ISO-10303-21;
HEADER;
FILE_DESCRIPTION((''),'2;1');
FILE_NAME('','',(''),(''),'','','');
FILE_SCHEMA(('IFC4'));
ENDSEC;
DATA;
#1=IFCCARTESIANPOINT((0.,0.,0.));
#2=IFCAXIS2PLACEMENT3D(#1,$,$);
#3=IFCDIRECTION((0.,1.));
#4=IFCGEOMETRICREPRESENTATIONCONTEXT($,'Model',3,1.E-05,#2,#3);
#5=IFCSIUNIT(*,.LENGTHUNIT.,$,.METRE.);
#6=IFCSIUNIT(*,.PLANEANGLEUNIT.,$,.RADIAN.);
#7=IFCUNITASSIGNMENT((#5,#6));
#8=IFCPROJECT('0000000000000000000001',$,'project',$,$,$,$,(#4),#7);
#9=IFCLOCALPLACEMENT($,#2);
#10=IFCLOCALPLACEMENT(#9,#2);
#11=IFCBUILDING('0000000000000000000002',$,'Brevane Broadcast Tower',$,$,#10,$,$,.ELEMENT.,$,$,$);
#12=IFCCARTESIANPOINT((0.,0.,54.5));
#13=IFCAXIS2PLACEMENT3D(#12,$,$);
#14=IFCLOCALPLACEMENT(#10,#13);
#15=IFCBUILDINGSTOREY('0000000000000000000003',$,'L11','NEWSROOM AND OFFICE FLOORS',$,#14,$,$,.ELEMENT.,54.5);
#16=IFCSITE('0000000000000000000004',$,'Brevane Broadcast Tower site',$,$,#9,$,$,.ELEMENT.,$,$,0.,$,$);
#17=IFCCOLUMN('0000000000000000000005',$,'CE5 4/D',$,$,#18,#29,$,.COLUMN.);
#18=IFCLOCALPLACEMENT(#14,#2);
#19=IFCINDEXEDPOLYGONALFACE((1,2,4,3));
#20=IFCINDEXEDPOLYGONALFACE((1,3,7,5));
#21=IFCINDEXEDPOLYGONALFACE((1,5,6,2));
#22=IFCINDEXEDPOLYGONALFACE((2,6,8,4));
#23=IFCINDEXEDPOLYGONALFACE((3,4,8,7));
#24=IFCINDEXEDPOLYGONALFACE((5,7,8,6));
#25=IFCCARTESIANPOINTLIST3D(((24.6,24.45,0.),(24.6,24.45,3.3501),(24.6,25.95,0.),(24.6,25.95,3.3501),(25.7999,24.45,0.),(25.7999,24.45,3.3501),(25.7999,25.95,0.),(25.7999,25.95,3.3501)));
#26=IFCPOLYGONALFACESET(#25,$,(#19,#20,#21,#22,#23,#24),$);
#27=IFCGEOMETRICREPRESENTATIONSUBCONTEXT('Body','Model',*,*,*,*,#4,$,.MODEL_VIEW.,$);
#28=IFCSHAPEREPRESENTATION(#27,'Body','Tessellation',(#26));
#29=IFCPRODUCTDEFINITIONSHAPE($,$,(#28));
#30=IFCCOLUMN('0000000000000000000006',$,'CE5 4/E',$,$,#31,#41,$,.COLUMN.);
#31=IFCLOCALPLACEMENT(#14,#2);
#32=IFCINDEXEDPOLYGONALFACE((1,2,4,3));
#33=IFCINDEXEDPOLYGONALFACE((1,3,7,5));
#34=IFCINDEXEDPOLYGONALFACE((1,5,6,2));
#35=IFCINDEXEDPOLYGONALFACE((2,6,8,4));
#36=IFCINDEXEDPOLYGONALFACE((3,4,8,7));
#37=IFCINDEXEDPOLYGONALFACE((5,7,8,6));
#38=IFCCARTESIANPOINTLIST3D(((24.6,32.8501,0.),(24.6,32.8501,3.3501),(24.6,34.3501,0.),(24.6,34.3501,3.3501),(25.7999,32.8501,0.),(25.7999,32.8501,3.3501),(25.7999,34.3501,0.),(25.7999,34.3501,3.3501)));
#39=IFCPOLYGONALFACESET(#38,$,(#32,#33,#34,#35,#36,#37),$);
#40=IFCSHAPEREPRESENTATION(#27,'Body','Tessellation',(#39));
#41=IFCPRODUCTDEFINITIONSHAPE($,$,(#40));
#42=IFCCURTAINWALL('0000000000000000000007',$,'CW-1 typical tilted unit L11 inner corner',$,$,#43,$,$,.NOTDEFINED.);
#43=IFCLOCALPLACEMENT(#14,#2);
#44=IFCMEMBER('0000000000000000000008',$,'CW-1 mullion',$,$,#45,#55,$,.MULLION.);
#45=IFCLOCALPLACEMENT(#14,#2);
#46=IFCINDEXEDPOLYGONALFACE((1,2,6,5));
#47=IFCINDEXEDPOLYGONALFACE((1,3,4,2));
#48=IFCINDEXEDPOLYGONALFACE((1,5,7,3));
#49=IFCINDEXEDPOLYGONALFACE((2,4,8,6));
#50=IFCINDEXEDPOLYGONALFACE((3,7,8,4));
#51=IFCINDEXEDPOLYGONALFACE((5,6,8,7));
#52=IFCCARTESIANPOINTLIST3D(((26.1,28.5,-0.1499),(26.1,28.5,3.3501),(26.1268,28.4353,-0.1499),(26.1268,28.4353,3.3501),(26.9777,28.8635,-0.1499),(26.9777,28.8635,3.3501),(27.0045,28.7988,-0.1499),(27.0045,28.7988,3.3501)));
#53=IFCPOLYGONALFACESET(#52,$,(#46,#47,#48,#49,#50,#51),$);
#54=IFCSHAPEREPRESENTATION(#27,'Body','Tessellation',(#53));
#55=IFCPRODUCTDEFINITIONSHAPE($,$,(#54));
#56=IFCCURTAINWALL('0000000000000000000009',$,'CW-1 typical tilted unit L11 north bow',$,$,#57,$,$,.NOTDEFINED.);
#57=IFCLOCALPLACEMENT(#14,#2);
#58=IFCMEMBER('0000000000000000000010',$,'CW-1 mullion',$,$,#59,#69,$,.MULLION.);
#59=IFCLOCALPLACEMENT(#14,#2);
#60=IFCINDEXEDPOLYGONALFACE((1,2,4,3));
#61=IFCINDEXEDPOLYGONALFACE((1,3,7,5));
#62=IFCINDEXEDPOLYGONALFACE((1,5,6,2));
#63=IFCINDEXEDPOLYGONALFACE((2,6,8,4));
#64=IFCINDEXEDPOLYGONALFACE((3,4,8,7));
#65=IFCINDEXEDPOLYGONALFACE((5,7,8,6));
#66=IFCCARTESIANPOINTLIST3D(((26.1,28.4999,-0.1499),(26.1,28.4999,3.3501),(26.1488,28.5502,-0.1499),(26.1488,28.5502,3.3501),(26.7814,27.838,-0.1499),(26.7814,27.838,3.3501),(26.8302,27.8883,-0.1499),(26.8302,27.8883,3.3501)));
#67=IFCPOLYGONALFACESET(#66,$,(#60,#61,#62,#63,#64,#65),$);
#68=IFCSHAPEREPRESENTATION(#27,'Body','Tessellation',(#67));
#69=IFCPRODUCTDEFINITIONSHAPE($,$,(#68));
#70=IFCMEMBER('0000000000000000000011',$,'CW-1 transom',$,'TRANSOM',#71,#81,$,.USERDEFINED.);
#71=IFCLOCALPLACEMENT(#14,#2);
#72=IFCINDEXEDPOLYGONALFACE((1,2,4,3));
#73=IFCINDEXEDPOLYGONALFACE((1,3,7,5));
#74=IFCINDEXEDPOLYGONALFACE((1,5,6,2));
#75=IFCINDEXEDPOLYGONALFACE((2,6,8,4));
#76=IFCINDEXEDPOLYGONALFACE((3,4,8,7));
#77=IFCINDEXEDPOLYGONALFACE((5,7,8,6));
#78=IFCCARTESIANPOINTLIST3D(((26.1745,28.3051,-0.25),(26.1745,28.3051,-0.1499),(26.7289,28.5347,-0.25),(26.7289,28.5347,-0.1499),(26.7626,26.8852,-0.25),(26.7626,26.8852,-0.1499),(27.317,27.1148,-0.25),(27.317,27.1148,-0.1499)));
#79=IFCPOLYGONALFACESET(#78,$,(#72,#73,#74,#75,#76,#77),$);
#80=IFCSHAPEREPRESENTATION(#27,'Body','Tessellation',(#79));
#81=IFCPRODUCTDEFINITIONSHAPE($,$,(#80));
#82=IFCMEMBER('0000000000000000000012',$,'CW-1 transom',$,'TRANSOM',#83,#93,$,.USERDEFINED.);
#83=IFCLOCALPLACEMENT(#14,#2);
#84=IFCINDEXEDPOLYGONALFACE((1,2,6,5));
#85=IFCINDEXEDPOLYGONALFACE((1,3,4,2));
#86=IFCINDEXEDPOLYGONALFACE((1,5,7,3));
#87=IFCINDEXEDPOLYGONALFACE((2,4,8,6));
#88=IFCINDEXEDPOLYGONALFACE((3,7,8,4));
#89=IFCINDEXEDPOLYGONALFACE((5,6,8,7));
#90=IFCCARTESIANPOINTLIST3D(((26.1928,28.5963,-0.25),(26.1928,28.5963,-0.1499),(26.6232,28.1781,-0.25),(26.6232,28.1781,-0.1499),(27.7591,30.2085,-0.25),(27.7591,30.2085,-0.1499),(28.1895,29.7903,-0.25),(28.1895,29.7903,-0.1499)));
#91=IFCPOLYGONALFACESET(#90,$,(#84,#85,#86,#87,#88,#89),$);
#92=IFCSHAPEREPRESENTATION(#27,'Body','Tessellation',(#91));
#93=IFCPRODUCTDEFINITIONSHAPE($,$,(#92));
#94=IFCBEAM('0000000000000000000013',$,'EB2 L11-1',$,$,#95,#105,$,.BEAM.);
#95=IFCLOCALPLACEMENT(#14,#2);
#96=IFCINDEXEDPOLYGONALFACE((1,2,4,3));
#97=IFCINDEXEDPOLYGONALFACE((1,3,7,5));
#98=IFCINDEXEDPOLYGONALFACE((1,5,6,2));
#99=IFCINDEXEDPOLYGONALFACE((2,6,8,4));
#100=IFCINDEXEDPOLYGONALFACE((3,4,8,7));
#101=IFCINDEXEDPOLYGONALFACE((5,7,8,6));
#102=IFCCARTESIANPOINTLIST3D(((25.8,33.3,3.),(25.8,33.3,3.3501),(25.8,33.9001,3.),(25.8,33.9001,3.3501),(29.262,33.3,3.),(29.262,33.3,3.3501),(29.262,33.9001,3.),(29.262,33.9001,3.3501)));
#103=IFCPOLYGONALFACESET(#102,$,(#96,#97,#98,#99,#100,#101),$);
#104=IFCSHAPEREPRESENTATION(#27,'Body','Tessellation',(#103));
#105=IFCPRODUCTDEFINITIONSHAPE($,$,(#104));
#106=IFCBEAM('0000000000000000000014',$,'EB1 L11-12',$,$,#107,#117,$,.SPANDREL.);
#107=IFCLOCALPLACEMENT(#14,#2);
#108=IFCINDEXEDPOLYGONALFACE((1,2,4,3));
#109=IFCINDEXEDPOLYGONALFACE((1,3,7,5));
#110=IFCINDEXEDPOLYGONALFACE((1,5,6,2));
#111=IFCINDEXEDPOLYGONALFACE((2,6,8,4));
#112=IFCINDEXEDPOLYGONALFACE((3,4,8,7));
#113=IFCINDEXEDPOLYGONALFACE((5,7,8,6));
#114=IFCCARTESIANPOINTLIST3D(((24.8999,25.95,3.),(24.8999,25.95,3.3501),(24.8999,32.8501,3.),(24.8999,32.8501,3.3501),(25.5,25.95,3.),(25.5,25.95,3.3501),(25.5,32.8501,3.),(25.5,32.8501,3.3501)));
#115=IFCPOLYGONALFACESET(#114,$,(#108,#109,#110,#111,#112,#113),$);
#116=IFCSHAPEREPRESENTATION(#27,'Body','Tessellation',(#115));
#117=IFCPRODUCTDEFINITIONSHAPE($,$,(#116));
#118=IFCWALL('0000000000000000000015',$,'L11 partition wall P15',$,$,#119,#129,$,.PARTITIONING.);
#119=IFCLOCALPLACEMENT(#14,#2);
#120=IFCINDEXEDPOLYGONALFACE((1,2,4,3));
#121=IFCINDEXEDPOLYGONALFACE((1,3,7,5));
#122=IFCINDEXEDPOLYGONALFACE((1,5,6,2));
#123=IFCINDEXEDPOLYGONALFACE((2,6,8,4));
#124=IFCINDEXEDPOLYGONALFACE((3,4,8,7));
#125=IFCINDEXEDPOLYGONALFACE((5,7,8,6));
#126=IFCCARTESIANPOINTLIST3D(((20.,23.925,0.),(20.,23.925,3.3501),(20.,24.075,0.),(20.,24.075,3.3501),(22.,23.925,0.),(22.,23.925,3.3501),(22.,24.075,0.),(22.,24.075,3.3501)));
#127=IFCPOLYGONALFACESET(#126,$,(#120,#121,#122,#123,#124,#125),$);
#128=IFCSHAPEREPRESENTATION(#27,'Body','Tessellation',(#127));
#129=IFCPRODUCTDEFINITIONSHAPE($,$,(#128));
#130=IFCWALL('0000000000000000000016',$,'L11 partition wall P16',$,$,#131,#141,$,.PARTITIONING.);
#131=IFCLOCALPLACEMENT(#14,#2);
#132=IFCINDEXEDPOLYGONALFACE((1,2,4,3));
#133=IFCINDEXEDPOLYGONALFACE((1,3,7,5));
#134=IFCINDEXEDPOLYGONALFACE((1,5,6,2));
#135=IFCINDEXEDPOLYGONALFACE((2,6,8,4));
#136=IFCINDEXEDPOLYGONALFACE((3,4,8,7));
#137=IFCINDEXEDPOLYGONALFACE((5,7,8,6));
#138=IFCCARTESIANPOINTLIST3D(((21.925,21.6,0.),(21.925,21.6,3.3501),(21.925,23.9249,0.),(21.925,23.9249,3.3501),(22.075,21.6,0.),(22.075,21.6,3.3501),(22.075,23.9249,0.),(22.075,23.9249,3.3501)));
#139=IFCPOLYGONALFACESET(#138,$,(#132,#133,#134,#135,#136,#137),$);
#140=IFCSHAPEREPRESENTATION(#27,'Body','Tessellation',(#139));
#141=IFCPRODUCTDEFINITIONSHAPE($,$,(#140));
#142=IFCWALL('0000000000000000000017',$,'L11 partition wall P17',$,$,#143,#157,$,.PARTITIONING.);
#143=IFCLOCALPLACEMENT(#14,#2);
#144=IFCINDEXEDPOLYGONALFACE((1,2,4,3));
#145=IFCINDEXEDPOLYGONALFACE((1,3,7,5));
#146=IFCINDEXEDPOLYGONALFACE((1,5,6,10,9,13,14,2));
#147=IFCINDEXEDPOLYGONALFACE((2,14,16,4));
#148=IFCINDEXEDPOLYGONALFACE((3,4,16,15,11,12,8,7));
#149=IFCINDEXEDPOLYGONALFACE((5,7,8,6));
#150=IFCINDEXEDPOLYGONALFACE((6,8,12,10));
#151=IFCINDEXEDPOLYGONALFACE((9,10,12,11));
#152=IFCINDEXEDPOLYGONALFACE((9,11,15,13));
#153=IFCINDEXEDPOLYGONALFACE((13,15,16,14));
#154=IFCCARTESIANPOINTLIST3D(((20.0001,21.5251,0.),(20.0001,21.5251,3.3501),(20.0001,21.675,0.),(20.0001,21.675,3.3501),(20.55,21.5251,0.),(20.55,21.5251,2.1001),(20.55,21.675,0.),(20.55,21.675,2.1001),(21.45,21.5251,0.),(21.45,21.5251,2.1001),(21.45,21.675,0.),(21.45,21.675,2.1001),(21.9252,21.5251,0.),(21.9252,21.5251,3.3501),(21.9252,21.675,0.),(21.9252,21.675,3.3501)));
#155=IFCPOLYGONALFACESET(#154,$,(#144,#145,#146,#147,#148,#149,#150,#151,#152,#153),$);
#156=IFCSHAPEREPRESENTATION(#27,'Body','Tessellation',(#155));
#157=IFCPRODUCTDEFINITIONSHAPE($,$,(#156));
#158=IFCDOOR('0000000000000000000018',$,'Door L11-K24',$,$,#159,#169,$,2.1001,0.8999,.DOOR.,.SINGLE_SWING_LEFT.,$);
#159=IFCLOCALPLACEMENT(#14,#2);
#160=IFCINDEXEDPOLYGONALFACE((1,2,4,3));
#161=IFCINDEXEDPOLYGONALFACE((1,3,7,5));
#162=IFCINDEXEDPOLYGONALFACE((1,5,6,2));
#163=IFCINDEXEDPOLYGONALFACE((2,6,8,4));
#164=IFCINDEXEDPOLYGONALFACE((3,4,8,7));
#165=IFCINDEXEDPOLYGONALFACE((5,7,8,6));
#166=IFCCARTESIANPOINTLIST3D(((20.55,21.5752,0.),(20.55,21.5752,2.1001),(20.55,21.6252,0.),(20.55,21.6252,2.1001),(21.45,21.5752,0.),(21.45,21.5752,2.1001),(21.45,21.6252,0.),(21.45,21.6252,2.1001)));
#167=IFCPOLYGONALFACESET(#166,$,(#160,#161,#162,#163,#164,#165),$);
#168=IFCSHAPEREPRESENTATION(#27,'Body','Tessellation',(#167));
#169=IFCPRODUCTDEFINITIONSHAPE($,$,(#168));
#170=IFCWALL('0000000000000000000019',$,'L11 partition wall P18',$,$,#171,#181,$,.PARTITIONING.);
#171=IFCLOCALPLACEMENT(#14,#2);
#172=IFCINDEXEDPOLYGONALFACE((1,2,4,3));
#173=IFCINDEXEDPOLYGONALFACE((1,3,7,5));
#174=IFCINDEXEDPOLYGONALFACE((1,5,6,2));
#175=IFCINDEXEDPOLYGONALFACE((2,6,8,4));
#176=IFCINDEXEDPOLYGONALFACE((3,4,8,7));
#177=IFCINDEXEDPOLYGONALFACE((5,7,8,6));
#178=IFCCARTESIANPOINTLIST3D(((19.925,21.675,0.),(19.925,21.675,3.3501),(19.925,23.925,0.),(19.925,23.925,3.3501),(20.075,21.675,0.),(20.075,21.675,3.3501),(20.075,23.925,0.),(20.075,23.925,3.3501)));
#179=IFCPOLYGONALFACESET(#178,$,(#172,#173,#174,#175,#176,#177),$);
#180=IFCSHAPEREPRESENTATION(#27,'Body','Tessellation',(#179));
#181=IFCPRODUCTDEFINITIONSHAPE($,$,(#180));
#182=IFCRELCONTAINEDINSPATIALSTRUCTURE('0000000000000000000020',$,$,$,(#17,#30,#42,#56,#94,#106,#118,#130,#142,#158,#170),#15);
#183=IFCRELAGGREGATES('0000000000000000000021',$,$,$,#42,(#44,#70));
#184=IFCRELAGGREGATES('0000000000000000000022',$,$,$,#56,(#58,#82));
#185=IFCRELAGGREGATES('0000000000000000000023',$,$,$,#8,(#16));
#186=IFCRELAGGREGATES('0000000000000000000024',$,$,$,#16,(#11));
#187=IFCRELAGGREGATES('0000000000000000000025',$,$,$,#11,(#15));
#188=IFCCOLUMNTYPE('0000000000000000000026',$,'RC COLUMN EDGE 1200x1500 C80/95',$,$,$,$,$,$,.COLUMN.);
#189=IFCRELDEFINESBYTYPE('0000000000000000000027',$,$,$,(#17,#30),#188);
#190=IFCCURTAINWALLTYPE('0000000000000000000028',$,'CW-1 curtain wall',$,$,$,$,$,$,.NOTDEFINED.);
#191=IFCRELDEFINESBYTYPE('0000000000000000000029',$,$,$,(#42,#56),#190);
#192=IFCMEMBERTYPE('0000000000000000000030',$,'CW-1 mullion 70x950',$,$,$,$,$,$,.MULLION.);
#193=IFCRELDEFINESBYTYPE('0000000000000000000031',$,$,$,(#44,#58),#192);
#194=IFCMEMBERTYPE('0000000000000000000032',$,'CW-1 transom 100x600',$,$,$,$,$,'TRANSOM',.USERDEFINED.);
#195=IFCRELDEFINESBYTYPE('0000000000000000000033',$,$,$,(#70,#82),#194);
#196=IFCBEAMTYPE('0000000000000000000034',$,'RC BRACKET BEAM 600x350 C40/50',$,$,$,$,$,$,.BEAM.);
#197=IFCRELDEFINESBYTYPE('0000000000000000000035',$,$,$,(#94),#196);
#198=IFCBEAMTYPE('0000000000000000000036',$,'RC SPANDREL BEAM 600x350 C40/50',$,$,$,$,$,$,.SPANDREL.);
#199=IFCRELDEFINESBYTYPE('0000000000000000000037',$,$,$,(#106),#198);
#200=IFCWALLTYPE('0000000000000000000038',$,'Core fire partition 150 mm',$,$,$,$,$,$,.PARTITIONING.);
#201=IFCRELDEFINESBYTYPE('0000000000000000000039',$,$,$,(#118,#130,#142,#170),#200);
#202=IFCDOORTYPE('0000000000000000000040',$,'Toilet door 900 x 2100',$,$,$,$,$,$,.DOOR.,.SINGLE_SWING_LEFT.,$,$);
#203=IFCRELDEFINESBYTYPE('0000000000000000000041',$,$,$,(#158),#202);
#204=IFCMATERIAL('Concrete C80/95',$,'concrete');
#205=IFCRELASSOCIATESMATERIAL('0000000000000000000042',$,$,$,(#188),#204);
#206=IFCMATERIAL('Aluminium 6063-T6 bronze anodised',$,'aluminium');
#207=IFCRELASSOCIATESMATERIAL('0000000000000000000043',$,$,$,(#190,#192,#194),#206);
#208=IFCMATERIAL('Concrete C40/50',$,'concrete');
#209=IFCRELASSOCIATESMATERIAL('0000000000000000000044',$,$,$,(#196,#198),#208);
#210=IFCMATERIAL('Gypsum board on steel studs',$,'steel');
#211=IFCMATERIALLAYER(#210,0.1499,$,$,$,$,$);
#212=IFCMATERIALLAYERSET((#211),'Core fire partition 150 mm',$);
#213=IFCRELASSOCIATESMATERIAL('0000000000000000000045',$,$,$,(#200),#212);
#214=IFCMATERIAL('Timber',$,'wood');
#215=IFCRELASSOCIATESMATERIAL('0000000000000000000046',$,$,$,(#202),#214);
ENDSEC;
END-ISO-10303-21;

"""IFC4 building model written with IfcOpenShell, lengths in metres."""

from ifc_helpers import new_model, si_unit, direction, frame, frame_2d, origin, origin_2d, place, context, subcontext, project, spatial, rectangle, extrude, material, layer, layer_set, material_profile, profile_set, type_object, element, fill, aggregate, save


model = new_model("IFC4")

# Units and contexts
model_context = context("Model", 3, precision=1e-05, world=origin(), true_north=direction((0.0, 1.0)))
body_context = subcontext(model_context, "Body", "Model", "MODEL_VIEW")
ifc_project = project(units=[si_unit("LENGTHUNIT", "METRE"), si_unit("PLANEANGLEUNIT", "RADIAN")], contexts=[model_context])

# Site, building, storey
site_placement = place(None, origin())
site = spatial("IfcSite", under=ifc_project, at=site_placement, Name="Brevane Broadcast Tower site", CompositionType="ELEMENT", RefElevation=0.0)
building_placement = place(site_placement, origin())
building = spatial("IfcBuilding", under=site, at=building_placement, Name="Brevane Broadcast Tower", CompositionType="ELEMENT")
storey_placement = place(building_placement, frame((0.0, 0.0, 54.5)))
storey = spatial("IfcBuildingStorey", under=building, at=storey_placement, Name="L11", Description="NEWSROOM AND OFFICE FLOORS", CompositionType="ELEMENT", Elevation=54.5)

# Columns
ifc_material_1 = material(Name="Concrete C80/95", Category="concrete")
ifc_material_profile_1 = material_profile(ifc_material_1, rectangle(XDim=1.2, YDim=1.5, at=origin_2d()), Name="RC 1200x1500")
ifc_profile_set_1 = profile_set([ifc_material_profile_1], Name="Concrete C80/95")
column_type = type_object("IfcColumnType", Name="RC COLUMN EDGE 1200x1500 C80/95", PredefinedType="COLUMN", material=ifc_profile_set_1)
for number, where, z_axis, x_axis, name in (
    (1, (25.2, 25.2, 0.0), (0.0, 0.0, 1.0), (1.0, 0.0, 0.0), "CE5 4/D"),
    (2, (25.2, 33.6001, 0.0), (0.0, 0.0, 1.0), (1.0, 0.0, 0.0), "CE5 4/E"),
):
    element("IfcColumn", number, at=place(storey_placement, frame(where, z_axis=z_axis, x_axis=x_axis)), inside=storey, type_object=column_type, Name=name, PredefinedType="COLUMN", context=body_context, shape_type="SweptSolid", body=[
        extrude(rectangle(XDim=1.2, YDim=1.5, at=origin_2d()), origin(), (0.0, 0.0, 1.0), 3.3501),
    ])

# Curtain walls, members
ifc_material_2 = material(Name="Aluminium 6063-T6 bronze anodised", Category="aluminium")
curtain_wall_type = type_object("IfcCurtainWallType", Name="CW-1 curtain wall", PredefinedType="NOTDEFINED", material=ifc_material_2)
curtain_wall_1_placement = place(storey_placement, origin())
curtain_wall_1 = element("IfcCurtainWall", 3, at=curtain_wall_1_placement, inside=storey, type_object=curtain_wall_type, Name="CW-1 typical tilted unit L11 inner corner", PredefinedType="NOTDEFINED")
ifc_material_profile_2 = material_profile(ifc_material_2, rectangle(XDim=0.95, YDim=0.0701, at=origin_2d()), Name="RECT 70x950")
ifc_profile_set_2 = profile_set([ifc_material_profile_2], Name="Aluminium 6063-T6 bronze anodised")
member_type_1 = type_object("IfcMemberType", Name="CW-1 mullion 70x950", PredefinedType="MULLION", material=ifc_profile_set_2)
member_1_placement = place(storey_placement, frame((26.5522, 28.6494, -0.1499), z_axis=(0.0, 0.0, 1.0), x_axis=(-0.923879, -0.382684, 0.0)))
member_1 = element("IfcMember", 4, at=member_1_placement, type_object=member_type_1, Name="CW-1 mullion", PredefinedType="MULLION", context=body_context, shape_type="SweptSolid", body=[
    extrude(rectangle(XDim=0.95, YDim=0.0701, at=origin_2d()), origin(), (0.0, 0.0, 1.0), 3.5),
])
curtain_wall_2_placement = place(storey_placement, origin())
curtain_wall_2 = element("IfcCurtainWall", 5, at=curtain_wall_2_placement, inside=storey, type_object=curtain_wall_type, Name="CW-1 typical tilted unit L11 north bow", PredefinedType="NOTDEFINED")
member_2_placement = place(storey_placement, frame((26.4651, 28.1941, -0.1499), z_axis=(0.0, 0.0, 1.0), x_axis=(-0.717254, 0.696812, 0.0)))
member_2 = element("IfcMember", 6, at=member_2_placement, type_object=member_type_1, Name="CW-1 mullion", PredefinedType="MULLION", context=body_context, shape_type="SweptSolid", body=[
    extrude(rectangle(XDim=0.95, YDim=0.0701, at=origin_2d()), origin(), (0.0, 0.0, 1.0), 3.5),
])

# Members
ifc_material_profile_3 = material_profile(ifc_material_2, rectangle(XDim=0.6001, YDim=0.1001, at=origin_2d()), Name="RECT 100x600")
ifc_profile_set_3 = profile_set([ifc_material_profile_3], Name="Aluminium 6063-T6 bronze anodised")
member_type_2 = type_object("IfcMemberType", Name="CW-1 transom 100x600", ElementType="TRANSOM", PredefinedType="USERDEFINED", material=ifc_profile_set_3)
member_3_placement = place(storey_placement, frame((27.0398, 27.0, -0.2), z_axis=(-0.382674, 0.923883, 0.0), x_axis=(-0.923883, -0.382674, 0.0)))
member_3 = element("IfcMember", 7, at=member_3_placement, type_object=member_type_2, Name="CW-1 transom", ObjectType="TRANSOM", PredefinedType="USERDEFINED", context=body_context, shape_type="SweptSolid", body=[
    extrude(rectangle(XDim=0.6001, YDim=0.1001, at=origin_2d()), origin(), (0.0, 0.0, 1.0), 1.5369),
])
aggregate(curtain_wall_1, [member_1, member_3])
member_4_placement = place(storey_placement, frame((26.408, 28.3872, -0.2), z_axis=(0.696824, 0.717242, 0.0), x_axis=(-0.717242, 0.696824, 0.0)))
member_4 = element("IfcMember", 8, at=member_4_placement, type_object=member_type_2, Name="CW-1 transom", ObjectType="TRANSOM", PredefinedType="USERDEFINED", context=body_context, shape_type="SweptSolid", body=[
    extrude(rectangle(XDim=0.6001, YDim=0.1001, at=origin_2d()), origin(), (0.0, 0.0, 1.0), 2.2478),
])
aggregate(curtain_wall_2, [member_2, member_4])

# Beams
ifc_material_3 = material(Name="Concrete C40/50", Category="concrete")
ifc_material_profile_4 = material_profile(ifc_material_3, rectangle(XDim=0.6001, YDim=0.3501, at=origin_2d()), Name="RC 600x350")
ifc_profile_set_4 = profile_set([ifc_material_profile_4], Name="Concrete C40/50")
beam_type_1 = type_object("IfcBeamType", Name="RC BRACKET BEAM 600x350 C40/50", PredefinedType="BEAM", material=ifc_profile_set_4)
beam_1_placement = place(storey_placement, frame((25.8, 33.6001, 3.175), z_axis=(1.0, 0.0, 0.0), x_axis=(0.0, 1.0, 0.0)))
element("IfcBeam", 9, at=beam_1_placement, inside=storey, type_object=beam_type_1, Name="EB2 L11-1", PredefinedType="BEAM", context=body_context, shape_type="SweptSolid", body=[
    extrude(rectangle(XDim=0.6001, YDim=0.3501, at=origin_2d()), origin(), (0.0, 0.0, 1.0), 3.4619),
])
ifc_material_profile_5 = material_profile(ifc_material_3, rectangle(XDim=0.6001, YDim=0.3501, at=origin_2d()), Name="RC 600x350")
ifc_profile_set_5 = profile_set([ifc_material_profile_5], Name="Concrete C40/50")
beam_type_2 = type_object("IfcBeamType", Name="RC SPANDREL BEAM 600x350 C40/50", PredefinedType="SPANDREL", material=ifc_profile_set_5)
beam_2_placement = place(storey_placement, frame((25.2, 25.95, 3.175), z_axis=(0.0, 1.0, 0.0), x_axis=(-1.0, 0.0, 0.0)))
element("IfcBeam", 10, at=beam_2_placement, inside=storey, type_object=beam_type_2, Name="EB1 L11-12", PredefinedType="SPANDREL", context=body_context, shape_type="SweptSolid", body=[
    extrude(rectangle(XDim=0.6001, YDim=0.3501, at=origin_2d()), origin(), (0.0, 0.0, 1.0), 6.9001),
])

# Walls
ifc_material_4 = material(Name="Gypsum board on steel studs", Category="steel")
ifc_layer_1 = layer(ifc_material_4, 0.1499)
ifc_layer_set_1 = layer_set([ifc_layer_1], Name="Core fire partition 150 mm")
wall_type_1 = type_object("IfcWallType", Name="Core fire partition 150 mm", PredefinedType="PARTITIONING", material=ifc_layer_set_1)
wall_1_placement = place(storey_placement, frame((20.0, 24.0, 0.0), z_axis=(0.0, 0.0, 1.0), x_axis=(1.0, 0.0, 0.0)))
element("IfcWall", 11, at=wall_1_placement, inside=storey, type_object=wall_type_1, Name="L11 partition wall P15", PredefinedType="PARTITIONING", context=body_context, shape_type="SweptSolid", body=[
    extrude(rectangle(XDim=2.0, YDim=0.1499, at=frame_2d((1.0, 0.0))), origin(), (0.0, 0.0, 1.0), 3.3501),
])
wall_2_placement = place(storey_placement, frame((22.0, 23.925, 0.0), z_axis=(0.0, 0.0, 1.0), x_axis=(0.0, -1.0, 0.0)))
element("IfcWall", 12, at=wall_2_placement, inside=storey, type_object=wall_type_1, Name="L11 partition wall P16", PredefinedType="PARTITIONING", context=body_context, shape_type="SweptSolid", body=[
    extrude(rectangle(XDim=2.325, YDim=0.1499, at=frame_2d((1.1626, 0.0))), origin(), (0.0, 0.0, 1.0), 3.3501),
])

# Wall, opening, door
wall_3_placement = place(storey_placement, frame((21.925, 21.6001, 0.0), z_axis=(0.0, 0.0, 1.0), x_axis=(-1.0, 0.0, 0.0)))
wall_3 = element("IfcWall", 13, at=wall_3_placement, inside=storey, type_object=wall_type_1, Name="L11 partition wall P17", PredefinedType="PARTITIONING", context=body_context, shape_type="SweptSolid", body=[
    extrude(rectangle(XDim=1.925, YDim=0.1499, at=frame_2d((0.9624, 0.0))), origin(), (0.0, 0.0, 1.0), 3.3501),
])
opening_1_placement = place(wall_3_placement, frame((0.4751, 0.0, 0.0)))
opening_1 = element("IfcOpeningElement", 14, at=opening_1_placement, cuts=wall_3, PredefinedType="OPENING", context=body_context, shape_type="SweptSolid", body=[
    extrude(rectangle(XDim=0.8999, YDim=2.1001, at=frame_2d((0.45, 1.05))), frame((0.0, 0.085, 0.0), z_axis=(0.0, -1.0, 0.0), x_axis=(1.0, 0.0, 0.0)), (0.0, 0.0, 1.0), 0.1699),
])
ifc_material_5 = material(Name="Timber", Category="wood")
door_type_1 = type_object("IfcDoorType", Name="Toilet door 900 x 2100", OperationType="SINGLE_SWING_LEFT", PredefinedType="DOOR", material=ifc_material_5)
door_1_placement = place(opening_1_placement, origin())
door_1 = element("IfcDoor", 15, at=door_1_placement, inside=storey, type_object=door_type_1, Name="Door L11-K24", OperationType="SINGLE_SWING_LEFT", OverallHeight=2.1001, OverallWidth=0.8999, PredefinedType="DOOR", context=body_context, shape_type="SweptSolid", body=[
    extrude(rectangle(XDim=0.8999, YDim=2.1001, at=frame_2d((0.45, 1.05))), frame((0.0, 0.0249, 0.0), z_axis=(0.0, -1.0, 0.0), x_axis=(1.0, 0.0, 0.0)), (0.0, 0.0, 1.0), 0.05),
])
fill(opening_1, door_1)

# Wall
wall_4_placement = place(storey_placement, frame((20.0, 21.675, 0.0), z_axis=(0.0, 0.0, 1.0), x_axis=(0.0, 1.0, 0.0)))
element("IfcWall", 16, at=wall_4_placement, inside=storey, type_object=wall_type_1, Name="L11 partition wall P18", PredefinedType="PARTITIONING", context=body_context, shape_type="SweptSolid", body=[
    extrude(rectangle(XDim=2.25, YDim=0.1499, at=frame_2d((1.125, 0.0))), origin(), (0.0, 0.0, 1.0), 3.3501),
])

save(model, "model.ifc")
